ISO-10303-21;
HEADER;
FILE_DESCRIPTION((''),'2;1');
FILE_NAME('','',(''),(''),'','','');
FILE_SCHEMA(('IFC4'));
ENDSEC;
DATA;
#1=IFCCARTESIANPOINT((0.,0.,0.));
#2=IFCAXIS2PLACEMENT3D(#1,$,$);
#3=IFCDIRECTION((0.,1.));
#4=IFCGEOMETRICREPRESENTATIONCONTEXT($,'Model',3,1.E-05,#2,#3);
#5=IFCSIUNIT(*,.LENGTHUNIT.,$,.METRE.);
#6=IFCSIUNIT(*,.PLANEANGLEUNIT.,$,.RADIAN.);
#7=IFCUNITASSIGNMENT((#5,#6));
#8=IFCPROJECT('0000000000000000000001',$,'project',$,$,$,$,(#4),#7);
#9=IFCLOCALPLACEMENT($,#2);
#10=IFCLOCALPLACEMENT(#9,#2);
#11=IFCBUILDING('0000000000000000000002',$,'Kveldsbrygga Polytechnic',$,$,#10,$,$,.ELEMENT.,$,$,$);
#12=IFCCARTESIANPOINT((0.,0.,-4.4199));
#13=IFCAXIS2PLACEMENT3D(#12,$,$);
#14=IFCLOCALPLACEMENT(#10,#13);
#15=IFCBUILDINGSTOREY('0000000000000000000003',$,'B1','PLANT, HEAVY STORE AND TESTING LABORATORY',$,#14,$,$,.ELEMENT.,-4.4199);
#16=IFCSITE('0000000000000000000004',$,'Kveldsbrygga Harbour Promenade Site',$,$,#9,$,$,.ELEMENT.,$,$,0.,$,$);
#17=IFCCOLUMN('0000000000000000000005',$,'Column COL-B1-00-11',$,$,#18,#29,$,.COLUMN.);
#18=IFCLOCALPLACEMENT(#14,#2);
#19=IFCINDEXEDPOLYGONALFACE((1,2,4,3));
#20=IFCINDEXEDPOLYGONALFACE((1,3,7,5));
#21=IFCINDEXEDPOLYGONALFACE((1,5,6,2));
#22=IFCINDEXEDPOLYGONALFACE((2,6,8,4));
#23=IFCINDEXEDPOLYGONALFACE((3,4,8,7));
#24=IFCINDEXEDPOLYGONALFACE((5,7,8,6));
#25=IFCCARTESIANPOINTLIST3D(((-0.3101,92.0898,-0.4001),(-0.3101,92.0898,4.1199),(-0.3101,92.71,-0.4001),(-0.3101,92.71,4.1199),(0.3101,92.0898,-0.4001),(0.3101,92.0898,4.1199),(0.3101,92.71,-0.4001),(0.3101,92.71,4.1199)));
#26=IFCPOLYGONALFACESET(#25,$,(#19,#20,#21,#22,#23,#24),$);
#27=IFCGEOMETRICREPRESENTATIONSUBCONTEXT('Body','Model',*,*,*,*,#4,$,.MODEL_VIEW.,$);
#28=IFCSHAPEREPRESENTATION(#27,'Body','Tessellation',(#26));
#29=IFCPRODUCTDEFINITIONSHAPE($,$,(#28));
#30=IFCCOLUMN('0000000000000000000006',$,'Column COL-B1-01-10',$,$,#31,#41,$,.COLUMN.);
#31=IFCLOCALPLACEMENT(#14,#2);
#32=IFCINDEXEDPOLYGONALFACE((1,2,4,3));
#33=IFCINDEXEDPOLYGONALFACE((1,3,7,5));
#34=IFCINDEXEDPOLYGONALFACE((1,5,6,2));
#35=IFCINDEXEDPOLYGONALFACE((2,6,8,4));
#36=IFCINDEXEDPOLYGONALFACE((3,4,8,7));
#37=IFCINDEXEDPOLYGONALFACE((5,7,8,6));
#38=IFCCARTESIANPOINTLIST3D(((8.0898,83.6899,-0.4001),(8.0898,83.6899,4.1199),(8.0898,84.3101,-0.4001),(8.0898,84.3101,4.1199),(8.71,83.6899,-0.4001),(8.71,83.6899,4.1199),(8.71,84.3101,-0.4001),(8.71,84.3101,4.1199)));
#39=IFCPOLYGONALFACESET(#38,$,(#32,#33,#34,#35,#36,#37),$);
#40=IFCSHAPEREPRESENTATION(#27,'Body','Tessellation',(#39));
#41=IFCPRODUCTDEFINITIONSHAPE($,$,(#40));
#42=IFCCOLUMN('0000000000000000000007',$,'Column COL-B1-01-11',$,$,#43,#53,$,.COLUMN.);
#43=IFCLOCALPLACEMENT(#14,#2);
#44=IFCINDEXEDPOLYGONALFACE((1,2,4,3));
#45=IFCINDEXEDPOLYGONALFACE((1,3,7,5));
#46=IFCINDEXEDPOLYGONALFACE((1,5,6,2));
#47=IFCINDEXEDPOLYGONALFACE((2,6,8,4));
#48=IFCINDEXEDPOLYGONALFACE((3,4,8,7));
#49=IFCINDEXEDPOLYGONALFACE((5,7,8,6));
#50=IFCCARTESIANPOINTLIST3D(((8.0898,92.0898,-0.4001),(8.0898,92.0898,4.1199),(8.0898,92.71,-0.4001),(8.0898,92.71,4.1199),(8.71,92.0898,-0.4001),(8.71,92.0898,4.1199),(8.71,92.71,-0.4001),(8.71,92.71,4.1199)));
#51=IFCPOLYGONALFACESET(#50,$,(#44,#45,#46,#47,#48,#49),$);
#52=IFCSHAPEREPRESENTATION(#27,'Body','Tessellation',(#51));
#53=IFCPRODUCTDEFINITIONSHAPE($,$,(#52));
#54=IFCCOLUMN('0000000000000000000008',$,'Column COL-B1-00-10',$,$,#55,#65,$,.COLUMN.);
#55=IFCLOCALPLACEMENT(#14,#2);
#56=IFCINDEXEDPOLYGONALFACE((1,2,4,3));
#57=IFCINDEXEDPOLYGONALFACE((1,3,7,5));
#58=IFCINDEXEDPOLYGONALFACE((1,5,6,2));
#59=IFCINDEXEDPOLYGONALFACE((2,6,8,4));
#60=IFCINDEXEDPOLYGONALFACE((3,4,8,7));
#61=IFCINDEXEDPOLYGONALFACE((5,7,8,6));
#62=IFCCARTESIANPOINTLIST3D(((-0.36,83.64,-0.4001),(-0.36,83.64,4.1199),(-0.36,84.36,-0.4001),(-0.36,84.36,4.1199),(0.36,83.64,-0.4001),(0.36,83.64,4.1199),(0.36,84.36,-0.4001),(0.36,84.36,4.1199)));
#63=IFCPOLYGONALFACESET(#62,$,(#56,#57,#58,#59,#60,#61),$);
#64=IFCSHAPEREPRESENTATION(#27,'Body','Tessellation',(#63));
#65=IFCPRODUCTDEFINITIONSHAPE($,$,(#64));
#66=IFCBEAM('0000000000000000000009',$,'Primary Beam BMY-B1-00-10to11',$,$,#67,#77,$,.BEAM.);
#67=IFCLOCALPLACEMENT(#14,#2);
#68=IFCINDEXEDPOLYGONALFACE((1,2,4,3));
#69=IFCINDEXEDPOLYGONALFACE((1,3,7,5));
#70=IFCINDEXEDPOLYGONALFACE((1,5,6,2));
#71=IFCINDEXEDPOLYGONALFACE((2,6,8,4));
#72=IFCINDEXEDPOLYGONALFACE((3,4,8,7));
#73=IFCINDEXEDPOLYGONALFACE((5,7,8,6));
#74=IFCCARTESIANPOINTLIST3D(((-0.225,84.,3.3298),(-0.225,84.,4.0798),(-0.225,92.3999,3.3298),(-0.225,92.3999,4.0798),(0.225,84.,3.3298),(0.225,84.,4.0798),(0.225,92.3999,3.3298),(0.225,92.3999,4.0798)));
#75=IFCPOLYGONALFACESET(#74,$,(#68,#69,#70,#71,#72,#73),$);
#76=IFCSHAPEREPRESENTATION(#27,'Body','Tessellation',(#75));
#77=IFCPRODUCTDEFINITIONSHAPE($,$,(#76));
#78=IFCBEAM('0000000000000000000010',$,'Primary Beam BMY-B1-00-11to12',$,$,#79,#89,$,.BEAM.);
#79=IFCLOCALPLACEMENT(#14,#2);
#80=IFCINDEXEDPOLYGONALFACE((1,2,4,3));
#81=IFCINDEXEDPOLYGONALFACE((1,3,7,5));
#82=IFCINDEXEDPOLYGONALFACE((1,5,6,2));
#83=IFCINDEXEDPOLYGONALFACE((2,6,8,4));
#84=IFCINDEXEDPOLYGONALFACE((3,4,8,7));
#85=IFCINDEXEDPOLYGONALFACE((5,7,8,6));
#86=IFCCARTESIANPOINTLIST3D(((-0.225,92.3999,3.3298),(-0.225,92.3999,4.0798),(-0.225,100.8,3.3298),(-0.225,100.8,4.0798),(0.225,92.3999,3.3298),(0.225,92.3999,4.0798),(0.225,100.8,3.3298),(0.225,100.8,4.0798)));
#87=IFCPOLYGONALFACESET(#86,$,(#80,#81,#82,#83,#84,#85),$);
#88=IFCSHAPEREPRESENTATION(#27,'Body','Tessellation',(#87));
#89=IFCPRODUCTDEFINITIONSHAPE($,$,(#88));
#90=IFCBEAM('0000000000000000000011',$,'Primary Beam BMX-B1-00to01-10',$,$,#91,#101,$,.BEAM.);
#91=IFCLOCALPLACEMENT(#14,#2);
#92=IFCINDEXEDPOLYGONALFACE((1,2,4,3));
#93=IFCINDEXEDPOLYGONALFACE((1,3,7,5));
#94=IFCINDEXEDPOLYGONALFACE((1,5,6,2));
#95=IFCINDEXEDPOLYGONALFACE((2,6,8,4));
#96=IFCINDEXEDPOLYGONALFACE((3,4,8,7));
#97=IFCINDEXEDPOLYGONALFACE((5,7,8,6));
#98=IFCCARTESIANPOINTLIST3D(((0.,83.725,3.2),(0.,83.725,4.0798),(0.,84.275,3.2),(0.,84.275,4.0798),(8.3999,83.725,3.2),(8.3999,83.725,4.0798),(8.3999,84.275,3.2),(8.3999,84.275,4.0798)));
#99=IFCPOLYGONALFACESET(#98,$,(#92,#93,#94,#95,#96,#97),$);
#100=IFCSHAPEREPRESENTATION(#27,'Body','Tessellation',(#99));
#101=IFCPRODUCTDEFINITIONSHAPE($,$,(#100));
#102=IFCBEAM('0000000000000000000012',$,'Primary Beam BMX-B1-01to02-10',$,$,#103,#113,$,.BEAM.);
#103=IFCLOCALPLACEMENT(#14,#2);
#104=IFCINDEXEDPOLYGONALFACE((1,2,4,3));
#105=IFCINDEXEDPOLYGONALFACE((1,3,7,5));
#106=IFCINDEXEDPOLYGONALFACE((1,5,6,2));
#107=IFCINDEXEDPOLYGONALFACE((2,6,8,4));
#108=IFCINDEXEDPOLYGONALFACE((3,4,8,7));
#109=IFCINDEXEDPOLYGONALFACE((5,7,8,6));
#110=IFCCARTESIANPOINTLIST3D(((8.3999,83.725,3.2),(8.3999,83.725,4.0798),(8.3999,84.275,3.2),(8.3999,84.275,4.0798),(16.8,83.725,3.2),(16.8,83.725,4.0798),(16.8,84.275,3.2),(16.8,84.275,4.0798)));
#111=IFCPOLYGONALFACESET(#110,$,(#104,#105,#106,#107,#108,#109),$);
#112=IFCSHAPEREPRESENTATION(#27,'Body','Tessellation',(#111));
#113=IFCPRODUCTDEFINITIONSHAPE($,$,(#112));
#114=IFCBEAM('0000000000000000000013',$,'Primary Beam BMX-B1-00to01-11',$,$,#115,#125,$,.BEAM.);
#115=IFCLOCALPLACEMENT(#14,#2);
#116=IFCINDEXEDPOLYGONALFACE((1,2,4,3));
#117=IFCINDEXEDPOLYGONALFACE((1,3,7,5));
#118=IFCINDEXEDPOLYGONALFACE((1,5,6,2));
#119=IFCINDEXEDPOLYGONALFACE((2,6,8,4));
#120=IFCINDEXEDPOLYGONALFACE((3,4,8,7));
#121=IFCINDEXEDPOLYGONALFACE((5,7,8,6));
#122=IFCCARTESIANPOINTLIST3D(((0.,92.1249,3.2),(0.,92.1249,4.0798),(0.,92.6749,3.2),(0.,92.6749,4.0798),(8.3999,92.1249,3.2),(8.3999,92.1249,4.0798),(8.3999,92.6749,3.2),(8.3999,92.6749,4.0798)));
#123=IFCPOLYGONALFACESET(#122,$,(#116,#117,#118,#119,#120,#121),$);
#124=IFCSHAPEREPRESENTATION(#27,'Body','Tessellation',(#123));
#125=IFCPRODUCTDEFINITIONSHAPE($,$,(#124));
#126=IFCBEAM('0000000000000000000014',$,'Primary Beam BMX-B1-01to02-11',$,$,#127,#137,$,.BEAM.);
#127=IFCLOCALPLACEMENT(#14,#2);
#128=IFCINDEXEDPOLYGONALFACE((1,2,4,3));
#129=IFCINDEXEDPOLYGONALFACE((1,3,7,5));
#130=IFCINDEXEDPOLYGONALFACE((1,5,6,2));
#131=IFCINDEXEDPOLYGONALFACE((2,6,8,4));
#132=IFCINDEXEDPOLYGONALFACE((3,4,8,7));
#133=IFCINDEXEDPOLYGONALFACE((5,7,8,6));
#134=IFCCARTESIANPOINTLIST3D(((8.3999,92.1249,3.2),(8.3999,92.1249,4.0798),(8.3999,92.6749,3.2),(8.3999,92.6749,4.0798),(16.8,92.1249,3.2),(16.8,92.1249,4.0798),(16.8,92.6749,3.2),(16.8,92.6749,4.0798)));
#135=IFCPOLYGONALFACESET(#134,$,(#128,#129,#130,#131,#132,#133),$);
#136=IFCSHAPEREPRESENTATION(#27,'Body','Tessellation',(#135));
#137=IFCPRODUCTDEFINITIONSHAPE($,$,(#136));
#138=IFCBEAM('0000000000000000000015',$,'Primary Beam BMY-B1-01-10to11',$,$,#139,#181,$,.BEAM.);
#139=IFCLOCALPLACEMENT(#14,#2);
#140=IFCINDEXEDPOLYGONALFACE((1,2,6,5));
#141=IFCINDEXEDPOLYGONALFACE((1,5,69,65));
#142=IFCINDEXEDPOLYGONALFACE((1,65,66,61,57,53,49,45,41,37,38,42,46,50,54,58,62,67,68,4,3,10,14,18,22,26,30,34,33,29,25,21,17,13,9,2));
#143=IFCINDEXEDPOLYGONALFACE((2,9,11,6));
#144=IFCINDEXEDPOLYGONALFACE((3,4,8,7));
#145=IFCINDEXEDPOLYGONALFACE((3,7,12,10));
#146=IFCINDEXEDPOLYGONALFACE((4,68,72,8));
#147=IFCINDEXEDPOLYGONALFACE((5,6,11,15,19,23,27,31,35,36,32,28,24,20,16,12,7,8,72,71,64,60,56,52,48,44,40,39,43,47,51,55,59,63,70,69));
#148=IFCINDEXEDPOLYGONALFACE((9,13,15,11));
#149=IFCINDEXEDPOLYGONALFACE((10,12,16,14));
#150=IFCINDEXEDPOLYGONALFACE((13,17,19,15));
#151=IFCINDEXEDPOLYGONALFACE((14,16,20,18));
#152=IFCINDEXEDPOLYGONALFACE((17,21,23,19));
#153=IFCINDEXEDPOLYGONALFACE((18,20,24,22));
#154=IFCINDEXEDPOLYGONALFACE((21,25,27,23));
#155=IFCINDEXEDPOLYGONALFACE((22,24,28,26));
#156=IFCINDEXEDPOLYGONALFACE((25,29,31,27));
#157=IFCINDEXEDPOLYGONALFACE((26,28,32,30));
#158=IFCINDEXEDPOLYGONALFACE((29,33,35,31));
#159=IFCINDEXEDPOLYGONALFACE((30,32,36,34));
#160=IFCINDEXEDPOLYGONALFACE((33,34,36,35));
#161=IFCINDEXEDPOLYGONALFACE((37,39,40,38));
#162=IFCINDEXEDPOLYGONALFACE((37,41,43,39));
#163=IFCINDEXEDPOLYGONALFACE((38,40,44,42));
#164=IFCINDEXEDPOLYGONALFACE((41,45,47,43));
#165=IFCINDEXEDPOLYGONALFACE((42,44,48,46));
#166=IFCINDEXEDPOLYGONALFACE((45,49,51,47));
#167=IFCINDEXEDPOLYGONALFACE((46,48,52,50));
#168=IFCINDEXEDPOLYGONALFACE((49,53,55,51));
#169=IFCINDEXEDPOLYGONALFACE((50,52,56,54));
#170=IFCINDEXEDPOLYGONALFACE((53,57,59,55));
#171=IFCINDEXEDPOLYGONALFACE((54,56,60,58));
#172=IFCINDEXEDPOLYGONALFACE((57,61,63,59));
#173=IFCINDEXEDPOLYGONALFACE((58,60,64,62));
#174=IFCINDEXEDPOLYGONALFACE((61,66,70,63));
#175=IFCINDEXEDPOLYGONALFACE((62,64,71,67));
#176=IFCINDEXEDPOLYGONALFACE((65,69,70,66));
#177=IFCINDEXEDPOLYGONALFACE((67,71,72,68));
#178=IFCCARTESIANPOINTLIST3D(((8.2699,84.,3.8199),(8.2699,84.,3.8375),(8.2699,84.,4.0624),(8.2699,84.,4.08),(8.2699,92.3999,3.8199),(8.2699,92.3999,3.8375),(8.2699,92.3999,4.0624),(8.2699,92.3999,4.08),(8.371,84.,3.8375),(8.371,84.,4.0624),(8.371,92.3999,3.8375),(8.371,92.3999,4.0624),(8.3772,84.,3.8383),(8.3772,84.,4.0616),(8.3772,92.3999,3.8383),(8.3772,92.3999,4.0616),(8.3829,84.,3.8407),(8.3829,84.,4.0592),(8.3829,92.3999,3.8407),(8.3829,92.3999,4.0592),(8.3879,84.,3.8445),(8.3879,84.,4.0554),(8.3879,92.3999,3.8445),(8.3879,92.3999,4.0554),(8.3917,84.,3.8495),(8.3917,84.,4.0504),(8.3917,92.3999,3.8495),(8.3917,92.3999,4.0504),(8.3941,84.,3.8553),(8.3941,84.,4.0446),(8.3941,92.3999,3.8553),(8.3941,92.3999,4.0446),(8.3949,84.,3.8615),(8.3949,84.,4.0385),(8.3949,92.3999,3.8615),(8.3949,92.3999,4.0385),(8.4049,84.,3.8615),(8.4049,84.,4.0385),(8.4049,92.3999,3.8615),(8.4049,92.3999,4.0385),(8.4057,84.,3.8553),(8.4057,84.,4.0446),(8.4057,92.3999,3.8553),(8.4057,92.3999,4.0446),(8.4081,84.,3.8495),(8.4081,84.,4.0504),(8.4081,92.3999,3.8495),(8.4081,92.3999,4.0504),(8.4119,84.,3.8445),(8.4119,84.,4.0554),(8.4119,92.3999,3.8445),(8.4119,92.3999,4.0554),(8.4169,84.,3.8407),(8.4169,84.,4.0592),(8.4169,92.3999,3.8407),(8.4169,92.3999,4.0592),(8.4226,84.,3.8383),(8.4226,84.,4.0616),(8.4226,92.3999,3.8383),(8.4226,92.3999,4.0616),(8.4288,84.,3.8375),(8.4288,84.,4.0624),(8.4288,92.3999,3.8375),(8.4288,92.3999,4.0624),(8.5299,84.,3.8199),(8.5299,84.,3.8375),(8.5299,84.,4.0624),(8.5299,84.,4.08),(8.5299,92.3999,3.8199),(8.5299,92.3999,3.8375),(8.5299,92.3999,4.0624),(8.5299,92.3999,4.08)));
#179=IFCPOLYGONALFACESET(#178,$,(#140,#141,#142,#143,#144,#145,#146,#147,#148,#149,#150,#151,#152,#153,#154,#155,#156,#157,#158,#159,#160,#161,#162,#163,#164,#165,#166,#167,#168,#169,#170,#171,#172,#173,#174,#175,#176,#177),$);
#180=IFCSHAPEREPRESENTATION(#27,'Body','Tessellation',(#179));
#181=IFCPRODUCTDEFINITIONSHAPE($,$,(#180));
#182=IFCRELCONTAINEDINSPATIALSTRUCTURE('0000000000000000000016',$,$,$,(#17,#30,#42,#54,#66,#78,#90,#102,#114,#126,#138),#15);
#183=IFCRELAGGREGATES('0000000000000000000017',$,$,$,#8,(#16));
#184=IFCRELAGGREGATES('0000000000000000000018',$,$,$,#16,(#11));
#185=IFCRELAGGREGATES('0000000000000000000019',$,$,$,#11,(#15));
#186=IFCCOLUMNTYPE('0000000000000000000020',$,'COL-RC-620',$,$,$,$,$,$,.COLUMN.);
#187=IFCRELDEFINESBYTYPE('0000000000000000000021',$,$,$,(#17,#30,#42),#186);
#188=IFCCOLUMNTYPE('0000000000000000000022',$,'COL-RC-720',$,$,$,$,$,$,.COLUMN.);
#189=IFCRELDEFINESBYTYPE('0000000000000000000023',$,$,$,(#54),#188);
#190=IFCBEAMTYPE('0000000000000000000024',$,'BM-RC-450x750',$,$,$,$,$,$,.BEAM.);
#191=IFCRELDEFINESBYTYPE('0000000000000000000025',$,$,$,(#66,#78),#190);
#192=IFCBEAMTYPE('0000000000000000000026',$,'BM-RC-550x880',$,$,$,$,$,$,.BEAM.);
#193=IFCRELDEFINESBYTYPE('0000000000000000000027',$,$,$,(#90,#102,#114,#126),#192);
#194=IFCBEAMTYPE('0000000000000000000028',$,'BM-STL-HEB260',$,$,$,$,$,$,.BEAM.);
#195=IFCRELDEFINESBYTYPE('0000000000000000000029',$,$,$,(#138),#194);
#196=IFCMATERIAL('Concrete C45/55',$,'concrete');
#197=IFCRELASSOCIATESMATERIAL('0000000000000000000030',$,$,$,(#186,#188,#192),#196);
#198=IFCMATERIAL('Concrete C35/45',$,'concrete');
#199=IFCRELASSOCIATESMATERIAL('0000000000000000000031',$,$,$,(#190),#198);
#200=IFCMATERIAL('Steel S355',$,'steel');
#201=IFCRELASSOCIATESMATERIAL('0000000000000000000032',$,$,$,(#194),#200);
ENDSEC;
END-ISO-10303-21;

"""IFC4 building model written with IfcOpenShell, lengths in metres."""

from ifc_helpers import new_model, si_unit, direction, frame, origin, origin_2d, place, context, subcontext, project, spatial, rectangle, i_section, extrude, material, material_profile, profile_set, type_object, element, save


model = new_model("IFC4")

# Units and contexts
model_context = context("Model", 3, precision=1e-05, world=origin(), true_north=direction((0.0, 1.0)))
body_context = subcontext(model_context, "Body", "Model", "MODEL_VIEW")
ifc_project = project(units=[si_unit("LENGTHUNIT", "METRE"), si_unit("PLANEANGLEUNIT", "RADIAN")], contexts=[model_context])

# Site, building, storey
site_placement = place(None, origin())
site = spatial("IfcSite", under=ifc_project, at=site_placement, Name="Kveldsbrygga Harbour Promenade Site", CompositionType="ELEMENT", RefElevation=0.0)
building_placement = place(site_placement, origin())
building = spatial("IfcBuilding", under=site, at=building_placement, Name="Kveldsbrygga Polytechnic", CompositionType="ELEMENT")
storey_placement = place(building_placement, frame((0.0, 0.0, -4.4199)))
storey = spatial("IfcBuildingStorey", under=building, at=storey_placement, Name="B1", Description="PLANT, HEAVY STORE AND TESTING LABORATORY", CompositionType="ELEMENT", Elevation=-4.4199)

# Shared definitions
ifc_material_1 = material(Name="Concrete C45/55", Category="concrete")

# Columns
ifc_material_profile_1 = material_profile(ifc_material_1, rectangle(XDim=0.6201, YDim=0.6201, at=origin_2d()), Name="RC 620x620")
ifc_profile_set_1 = profile_set([ifc_material_profile_1], Name="Concrete C45/55")
column_type_1 = type_object("IfcColumnType", Name="COL-RC-620", PredefinedType="COLUMN", material=ifc_profile_set_1)
for number, where, z_axis, x_axis, name in (
    (1, (0.0, 92.3999, -0.4001), (0.0, 0.0, 1.0), (1.0, 0.0, 0.0), "Column COL-B1-00-11"),
    (2, (8.3999, 84.0, -0.4001), (0.0, 0.0, 1.0), (1.0, 0.0, 0.0), "Column COL-B1-01-10"),
    (3, (8.3999, 92.3999, -0.4001), (0.0, 0.0, 1.0), (1.0, 0.0, 0.0), "Column COL-B1-01-11"),
):
    element("IfcColumn", number, at=place(storey_placement, frame(where, z_axis=z_axis, x_axis=x_axis)), inside=storey, type_object=column_type_1, Name=name, PredefinedType="COLUMN", context=body_context, shape_type="SweptSolid", body=[
        extrude(rectangle(XDim=0.6201, YDim=0.6201, at=origin_2d()), origin(), (0.0, 0.0, 1.0), 4.52),
    ])
ifc_material_profile_2 = material_profile(ifc_material_1, rectangle(XDim=0.72, YDim=0.72, at=origin_2d()), Name="RC 720x720")
ifc_profile_set_2 = profile_set([ifc_material_profile_2], Name="Concrete C45/55")
column_type_2 = type_object("IfcColumnType", Name="COL-RC-720", PredefinedType="COLUMN", material=ifc_profile_set_2)
column_placement = place(storey_placement, frame((0.0, 84.0, -0.4001), z_axis=(0.0, 0.0, 1.0), x_axis=(1.0, 0.0, 0.0)))
element("IfcColumn", 4, at=column_placement, inside=storey, type_object=column_type_2, Name="Column COL-B1-00-10", PredefinedType="COLUMN", context=body_context, shape_type="SweptSolid", body=[
    extrude(rectangle(XDim=0.72, YDim=0.72, at=origin_2d()), origin(), (0.0, 0.0, 1.0), 4.52),
])

# Beams
ifc_material_2 = material(Name="Concrete C35/45", Category="concrete")
ifc_material_profile_3 = material_profile(ifc_material_2, rectangle(XDim=0.45, YDim=0.75, at=origin_2d()), Name="RC 450x750")
ifc_profile_set_3 = profile_set([ifc_material_profile_3], Name="Concrete C35/45")
beam_type_1 = type_object("IfcBeamType", Name="BM-RC-450x750", PredefinedType="BEAM", material=ifc_profile_set_3)
beam_1_placement = place(storey_placement, frame((0.0, 84.0, 3.7048), z_axis=(0.0, 1.0, 0.0), x_axis=(-1.0, 0.0, 0.0)))
element("IfcBeam", 5, at=beam_1_placement, inside=storey, type_object=beam_type_1, Name="Primary Beam BMY-B1-00-10to11", PredefinedType="BEAM", context=body_context, shape_type="SweptSolid", body=[
    extrude(rectangle(XDim=0.45, YDim=0.75, at=origin_2d()), origin(), (0.0, 0.0, 1.0), 8.3999),
])
beam_2_placement = place(storey_placement, frame((0.0, 92.3999, 3.7048), z_axis=(0.0, 1.0, 0.0), x_axis=(-1.0, 0.0, 0.0)))
element("IfcBeam", 6, at=beam_2_placement, inside=storey, type_object=beam_type_1, Name="Primary Beam BMY-B1-00-11to12", PredefinedType="BEAM", context=body_context, shape_type="SweptSolid", body=[
    extrude(rectangle(XDim=0.45, YDim=0.75, at=origin_2d()), origin(), (0.0, 0.0, 1.0), 8.4001),
])
ifc_material_profile_4 = material_profile(ifc_material_1, rectangle(XDim=0.55, YDim=0.8799, at=origin_2d()), Name="RC 550x880")
ifc_profile_set_4 = profile_set([ifc_material_profile_4], Name="Concrete C45/55")
beam_type_2 = type_object("IfcBeamType", Name="BM-RC-550x880", PredefinedType="BEAM", material=ifc_profile_set_4)
beam_3_placement = place(storey_placement, frame((0.0, 84.0, 3.6399), z_axis=(1.0, 0.0, 0.0), x_axis=(0.0, 1.0, 0.0)))
element("IfcBeam", 7, at=beam_3_placement, inside=storey, type_object=beam_type_2, Name="Primary Beam BMX-B1-00to01-10", PredefinedType="BEAM", context=body_context, shape_type="SweptSolid", body=[
    extrude(rectangle(XDim=0.55, YDim=0.8799, at=origin_2d()), origin(), (0.0, 0.0, 1.0), 8.3999),
])
beam_4_placement = place(storey_placement, frame((8.3999, 84.0, 3.6399), z_axis=(1.0, 0.0, 0.0), x_axis=(0.0, 1.0, 0.0)))
element("IfcBeam", 8, at=beam_4_placement, inside=storey, type_object=beam_type_2, Name="Primary Beam BMX-B1-01to02-10", PredefinedType="BEAM", context=body_context, shape_type="SweptSolid", body=[
    extrude(rectangle(XDim=0.55, YDim=0.8799, at=origin_2d()), origin(), (0.0, 0.0, 1.0), 8.4001),
])
beam_5_placement = place(storey_placement, frame((0.0, 92.3999, 3.6399), z_axis=(1.0, 0.0, 0.0), x_axis=(0.0, 1.0, 0.0)))
element("IfcBeam", 9, at=beam_5_placement, inside=storey, type_object=beam_type_2, Name="Primary Beam BMX-B1-00to01-11", PredefinedType="BEAM", context=body_context, shape_type="SweptSolid", body=[
    extrude(rectangle(XDim=0.55, YDim=0.8799, at=origin_2d()), origin(), (0.0, 0.0, 1.0), 8.3999),
])
beam_6_placement = place(storey_placement, frame((8.3999, 92.3999, 3.6399), z_axis=(1.0, 0.0, 0.0), x_axis=(0.0, 1.0, 0.0)))
element("IfcBeam", 10, at=beam_6_placement, inside=storey, type_object=beam_type_2, Name="Primary Beam BMX-B1-01to02-11", PredefinedType="BEAM", context=body_context, shape_type="SweptSolid", body=[
    extrude(rectangle(XDim=0.55, YDim=0.8799, at=origin_2d()), origin(), (0.0, 0.0, 1.0), 8.4001),
])
ifc_material_3 = material(Name="Steel S355", Category="steel")
ifc_material_profile_5 = material_profile(ifc_material_3, i_section(OverallWidth=0.26, OverallDepth=0.26, WebThickness=0.01, FlangeThickness=0.0176, FilletRadius=0.0239, at=origin_2d()), Name="HEB 260")
ifc_profile_set_5 = profile_set([ifc_material_profile_5], Name="Steel S355")
beam_type_3 = type_object("IfcBeamType", Name="BM-STL-HEB260", PredefinedType="BEAM", material=ifc_profile_set_5)
beam_7_placement = place(storey_placement, frame((8.3999, 84.0, 3.95), z_axis=(0.0, 1.0, 0.0), x_axis=(-1.0, 0.0, 0.0)))
element("IfcBeam", 11, at=beam_7_placement, inside=storey, type_object=beam_type_3, Name="Primary Beam BMY-B1-01-10to11", PredefinedType="BEAM", context=body_context, shape_type="SweptSolid", body=[
    extrude(i_section(OverallWidth=0.26, OverallDepth=0.26, WebThickness=0.01, FlangeThickness=0.0176, FilletRadius=0.0239, at=origin_2d()), origin(), (0.0, 0.0, 1.0), 8.3999),
])

save(model, "model.ifc")
